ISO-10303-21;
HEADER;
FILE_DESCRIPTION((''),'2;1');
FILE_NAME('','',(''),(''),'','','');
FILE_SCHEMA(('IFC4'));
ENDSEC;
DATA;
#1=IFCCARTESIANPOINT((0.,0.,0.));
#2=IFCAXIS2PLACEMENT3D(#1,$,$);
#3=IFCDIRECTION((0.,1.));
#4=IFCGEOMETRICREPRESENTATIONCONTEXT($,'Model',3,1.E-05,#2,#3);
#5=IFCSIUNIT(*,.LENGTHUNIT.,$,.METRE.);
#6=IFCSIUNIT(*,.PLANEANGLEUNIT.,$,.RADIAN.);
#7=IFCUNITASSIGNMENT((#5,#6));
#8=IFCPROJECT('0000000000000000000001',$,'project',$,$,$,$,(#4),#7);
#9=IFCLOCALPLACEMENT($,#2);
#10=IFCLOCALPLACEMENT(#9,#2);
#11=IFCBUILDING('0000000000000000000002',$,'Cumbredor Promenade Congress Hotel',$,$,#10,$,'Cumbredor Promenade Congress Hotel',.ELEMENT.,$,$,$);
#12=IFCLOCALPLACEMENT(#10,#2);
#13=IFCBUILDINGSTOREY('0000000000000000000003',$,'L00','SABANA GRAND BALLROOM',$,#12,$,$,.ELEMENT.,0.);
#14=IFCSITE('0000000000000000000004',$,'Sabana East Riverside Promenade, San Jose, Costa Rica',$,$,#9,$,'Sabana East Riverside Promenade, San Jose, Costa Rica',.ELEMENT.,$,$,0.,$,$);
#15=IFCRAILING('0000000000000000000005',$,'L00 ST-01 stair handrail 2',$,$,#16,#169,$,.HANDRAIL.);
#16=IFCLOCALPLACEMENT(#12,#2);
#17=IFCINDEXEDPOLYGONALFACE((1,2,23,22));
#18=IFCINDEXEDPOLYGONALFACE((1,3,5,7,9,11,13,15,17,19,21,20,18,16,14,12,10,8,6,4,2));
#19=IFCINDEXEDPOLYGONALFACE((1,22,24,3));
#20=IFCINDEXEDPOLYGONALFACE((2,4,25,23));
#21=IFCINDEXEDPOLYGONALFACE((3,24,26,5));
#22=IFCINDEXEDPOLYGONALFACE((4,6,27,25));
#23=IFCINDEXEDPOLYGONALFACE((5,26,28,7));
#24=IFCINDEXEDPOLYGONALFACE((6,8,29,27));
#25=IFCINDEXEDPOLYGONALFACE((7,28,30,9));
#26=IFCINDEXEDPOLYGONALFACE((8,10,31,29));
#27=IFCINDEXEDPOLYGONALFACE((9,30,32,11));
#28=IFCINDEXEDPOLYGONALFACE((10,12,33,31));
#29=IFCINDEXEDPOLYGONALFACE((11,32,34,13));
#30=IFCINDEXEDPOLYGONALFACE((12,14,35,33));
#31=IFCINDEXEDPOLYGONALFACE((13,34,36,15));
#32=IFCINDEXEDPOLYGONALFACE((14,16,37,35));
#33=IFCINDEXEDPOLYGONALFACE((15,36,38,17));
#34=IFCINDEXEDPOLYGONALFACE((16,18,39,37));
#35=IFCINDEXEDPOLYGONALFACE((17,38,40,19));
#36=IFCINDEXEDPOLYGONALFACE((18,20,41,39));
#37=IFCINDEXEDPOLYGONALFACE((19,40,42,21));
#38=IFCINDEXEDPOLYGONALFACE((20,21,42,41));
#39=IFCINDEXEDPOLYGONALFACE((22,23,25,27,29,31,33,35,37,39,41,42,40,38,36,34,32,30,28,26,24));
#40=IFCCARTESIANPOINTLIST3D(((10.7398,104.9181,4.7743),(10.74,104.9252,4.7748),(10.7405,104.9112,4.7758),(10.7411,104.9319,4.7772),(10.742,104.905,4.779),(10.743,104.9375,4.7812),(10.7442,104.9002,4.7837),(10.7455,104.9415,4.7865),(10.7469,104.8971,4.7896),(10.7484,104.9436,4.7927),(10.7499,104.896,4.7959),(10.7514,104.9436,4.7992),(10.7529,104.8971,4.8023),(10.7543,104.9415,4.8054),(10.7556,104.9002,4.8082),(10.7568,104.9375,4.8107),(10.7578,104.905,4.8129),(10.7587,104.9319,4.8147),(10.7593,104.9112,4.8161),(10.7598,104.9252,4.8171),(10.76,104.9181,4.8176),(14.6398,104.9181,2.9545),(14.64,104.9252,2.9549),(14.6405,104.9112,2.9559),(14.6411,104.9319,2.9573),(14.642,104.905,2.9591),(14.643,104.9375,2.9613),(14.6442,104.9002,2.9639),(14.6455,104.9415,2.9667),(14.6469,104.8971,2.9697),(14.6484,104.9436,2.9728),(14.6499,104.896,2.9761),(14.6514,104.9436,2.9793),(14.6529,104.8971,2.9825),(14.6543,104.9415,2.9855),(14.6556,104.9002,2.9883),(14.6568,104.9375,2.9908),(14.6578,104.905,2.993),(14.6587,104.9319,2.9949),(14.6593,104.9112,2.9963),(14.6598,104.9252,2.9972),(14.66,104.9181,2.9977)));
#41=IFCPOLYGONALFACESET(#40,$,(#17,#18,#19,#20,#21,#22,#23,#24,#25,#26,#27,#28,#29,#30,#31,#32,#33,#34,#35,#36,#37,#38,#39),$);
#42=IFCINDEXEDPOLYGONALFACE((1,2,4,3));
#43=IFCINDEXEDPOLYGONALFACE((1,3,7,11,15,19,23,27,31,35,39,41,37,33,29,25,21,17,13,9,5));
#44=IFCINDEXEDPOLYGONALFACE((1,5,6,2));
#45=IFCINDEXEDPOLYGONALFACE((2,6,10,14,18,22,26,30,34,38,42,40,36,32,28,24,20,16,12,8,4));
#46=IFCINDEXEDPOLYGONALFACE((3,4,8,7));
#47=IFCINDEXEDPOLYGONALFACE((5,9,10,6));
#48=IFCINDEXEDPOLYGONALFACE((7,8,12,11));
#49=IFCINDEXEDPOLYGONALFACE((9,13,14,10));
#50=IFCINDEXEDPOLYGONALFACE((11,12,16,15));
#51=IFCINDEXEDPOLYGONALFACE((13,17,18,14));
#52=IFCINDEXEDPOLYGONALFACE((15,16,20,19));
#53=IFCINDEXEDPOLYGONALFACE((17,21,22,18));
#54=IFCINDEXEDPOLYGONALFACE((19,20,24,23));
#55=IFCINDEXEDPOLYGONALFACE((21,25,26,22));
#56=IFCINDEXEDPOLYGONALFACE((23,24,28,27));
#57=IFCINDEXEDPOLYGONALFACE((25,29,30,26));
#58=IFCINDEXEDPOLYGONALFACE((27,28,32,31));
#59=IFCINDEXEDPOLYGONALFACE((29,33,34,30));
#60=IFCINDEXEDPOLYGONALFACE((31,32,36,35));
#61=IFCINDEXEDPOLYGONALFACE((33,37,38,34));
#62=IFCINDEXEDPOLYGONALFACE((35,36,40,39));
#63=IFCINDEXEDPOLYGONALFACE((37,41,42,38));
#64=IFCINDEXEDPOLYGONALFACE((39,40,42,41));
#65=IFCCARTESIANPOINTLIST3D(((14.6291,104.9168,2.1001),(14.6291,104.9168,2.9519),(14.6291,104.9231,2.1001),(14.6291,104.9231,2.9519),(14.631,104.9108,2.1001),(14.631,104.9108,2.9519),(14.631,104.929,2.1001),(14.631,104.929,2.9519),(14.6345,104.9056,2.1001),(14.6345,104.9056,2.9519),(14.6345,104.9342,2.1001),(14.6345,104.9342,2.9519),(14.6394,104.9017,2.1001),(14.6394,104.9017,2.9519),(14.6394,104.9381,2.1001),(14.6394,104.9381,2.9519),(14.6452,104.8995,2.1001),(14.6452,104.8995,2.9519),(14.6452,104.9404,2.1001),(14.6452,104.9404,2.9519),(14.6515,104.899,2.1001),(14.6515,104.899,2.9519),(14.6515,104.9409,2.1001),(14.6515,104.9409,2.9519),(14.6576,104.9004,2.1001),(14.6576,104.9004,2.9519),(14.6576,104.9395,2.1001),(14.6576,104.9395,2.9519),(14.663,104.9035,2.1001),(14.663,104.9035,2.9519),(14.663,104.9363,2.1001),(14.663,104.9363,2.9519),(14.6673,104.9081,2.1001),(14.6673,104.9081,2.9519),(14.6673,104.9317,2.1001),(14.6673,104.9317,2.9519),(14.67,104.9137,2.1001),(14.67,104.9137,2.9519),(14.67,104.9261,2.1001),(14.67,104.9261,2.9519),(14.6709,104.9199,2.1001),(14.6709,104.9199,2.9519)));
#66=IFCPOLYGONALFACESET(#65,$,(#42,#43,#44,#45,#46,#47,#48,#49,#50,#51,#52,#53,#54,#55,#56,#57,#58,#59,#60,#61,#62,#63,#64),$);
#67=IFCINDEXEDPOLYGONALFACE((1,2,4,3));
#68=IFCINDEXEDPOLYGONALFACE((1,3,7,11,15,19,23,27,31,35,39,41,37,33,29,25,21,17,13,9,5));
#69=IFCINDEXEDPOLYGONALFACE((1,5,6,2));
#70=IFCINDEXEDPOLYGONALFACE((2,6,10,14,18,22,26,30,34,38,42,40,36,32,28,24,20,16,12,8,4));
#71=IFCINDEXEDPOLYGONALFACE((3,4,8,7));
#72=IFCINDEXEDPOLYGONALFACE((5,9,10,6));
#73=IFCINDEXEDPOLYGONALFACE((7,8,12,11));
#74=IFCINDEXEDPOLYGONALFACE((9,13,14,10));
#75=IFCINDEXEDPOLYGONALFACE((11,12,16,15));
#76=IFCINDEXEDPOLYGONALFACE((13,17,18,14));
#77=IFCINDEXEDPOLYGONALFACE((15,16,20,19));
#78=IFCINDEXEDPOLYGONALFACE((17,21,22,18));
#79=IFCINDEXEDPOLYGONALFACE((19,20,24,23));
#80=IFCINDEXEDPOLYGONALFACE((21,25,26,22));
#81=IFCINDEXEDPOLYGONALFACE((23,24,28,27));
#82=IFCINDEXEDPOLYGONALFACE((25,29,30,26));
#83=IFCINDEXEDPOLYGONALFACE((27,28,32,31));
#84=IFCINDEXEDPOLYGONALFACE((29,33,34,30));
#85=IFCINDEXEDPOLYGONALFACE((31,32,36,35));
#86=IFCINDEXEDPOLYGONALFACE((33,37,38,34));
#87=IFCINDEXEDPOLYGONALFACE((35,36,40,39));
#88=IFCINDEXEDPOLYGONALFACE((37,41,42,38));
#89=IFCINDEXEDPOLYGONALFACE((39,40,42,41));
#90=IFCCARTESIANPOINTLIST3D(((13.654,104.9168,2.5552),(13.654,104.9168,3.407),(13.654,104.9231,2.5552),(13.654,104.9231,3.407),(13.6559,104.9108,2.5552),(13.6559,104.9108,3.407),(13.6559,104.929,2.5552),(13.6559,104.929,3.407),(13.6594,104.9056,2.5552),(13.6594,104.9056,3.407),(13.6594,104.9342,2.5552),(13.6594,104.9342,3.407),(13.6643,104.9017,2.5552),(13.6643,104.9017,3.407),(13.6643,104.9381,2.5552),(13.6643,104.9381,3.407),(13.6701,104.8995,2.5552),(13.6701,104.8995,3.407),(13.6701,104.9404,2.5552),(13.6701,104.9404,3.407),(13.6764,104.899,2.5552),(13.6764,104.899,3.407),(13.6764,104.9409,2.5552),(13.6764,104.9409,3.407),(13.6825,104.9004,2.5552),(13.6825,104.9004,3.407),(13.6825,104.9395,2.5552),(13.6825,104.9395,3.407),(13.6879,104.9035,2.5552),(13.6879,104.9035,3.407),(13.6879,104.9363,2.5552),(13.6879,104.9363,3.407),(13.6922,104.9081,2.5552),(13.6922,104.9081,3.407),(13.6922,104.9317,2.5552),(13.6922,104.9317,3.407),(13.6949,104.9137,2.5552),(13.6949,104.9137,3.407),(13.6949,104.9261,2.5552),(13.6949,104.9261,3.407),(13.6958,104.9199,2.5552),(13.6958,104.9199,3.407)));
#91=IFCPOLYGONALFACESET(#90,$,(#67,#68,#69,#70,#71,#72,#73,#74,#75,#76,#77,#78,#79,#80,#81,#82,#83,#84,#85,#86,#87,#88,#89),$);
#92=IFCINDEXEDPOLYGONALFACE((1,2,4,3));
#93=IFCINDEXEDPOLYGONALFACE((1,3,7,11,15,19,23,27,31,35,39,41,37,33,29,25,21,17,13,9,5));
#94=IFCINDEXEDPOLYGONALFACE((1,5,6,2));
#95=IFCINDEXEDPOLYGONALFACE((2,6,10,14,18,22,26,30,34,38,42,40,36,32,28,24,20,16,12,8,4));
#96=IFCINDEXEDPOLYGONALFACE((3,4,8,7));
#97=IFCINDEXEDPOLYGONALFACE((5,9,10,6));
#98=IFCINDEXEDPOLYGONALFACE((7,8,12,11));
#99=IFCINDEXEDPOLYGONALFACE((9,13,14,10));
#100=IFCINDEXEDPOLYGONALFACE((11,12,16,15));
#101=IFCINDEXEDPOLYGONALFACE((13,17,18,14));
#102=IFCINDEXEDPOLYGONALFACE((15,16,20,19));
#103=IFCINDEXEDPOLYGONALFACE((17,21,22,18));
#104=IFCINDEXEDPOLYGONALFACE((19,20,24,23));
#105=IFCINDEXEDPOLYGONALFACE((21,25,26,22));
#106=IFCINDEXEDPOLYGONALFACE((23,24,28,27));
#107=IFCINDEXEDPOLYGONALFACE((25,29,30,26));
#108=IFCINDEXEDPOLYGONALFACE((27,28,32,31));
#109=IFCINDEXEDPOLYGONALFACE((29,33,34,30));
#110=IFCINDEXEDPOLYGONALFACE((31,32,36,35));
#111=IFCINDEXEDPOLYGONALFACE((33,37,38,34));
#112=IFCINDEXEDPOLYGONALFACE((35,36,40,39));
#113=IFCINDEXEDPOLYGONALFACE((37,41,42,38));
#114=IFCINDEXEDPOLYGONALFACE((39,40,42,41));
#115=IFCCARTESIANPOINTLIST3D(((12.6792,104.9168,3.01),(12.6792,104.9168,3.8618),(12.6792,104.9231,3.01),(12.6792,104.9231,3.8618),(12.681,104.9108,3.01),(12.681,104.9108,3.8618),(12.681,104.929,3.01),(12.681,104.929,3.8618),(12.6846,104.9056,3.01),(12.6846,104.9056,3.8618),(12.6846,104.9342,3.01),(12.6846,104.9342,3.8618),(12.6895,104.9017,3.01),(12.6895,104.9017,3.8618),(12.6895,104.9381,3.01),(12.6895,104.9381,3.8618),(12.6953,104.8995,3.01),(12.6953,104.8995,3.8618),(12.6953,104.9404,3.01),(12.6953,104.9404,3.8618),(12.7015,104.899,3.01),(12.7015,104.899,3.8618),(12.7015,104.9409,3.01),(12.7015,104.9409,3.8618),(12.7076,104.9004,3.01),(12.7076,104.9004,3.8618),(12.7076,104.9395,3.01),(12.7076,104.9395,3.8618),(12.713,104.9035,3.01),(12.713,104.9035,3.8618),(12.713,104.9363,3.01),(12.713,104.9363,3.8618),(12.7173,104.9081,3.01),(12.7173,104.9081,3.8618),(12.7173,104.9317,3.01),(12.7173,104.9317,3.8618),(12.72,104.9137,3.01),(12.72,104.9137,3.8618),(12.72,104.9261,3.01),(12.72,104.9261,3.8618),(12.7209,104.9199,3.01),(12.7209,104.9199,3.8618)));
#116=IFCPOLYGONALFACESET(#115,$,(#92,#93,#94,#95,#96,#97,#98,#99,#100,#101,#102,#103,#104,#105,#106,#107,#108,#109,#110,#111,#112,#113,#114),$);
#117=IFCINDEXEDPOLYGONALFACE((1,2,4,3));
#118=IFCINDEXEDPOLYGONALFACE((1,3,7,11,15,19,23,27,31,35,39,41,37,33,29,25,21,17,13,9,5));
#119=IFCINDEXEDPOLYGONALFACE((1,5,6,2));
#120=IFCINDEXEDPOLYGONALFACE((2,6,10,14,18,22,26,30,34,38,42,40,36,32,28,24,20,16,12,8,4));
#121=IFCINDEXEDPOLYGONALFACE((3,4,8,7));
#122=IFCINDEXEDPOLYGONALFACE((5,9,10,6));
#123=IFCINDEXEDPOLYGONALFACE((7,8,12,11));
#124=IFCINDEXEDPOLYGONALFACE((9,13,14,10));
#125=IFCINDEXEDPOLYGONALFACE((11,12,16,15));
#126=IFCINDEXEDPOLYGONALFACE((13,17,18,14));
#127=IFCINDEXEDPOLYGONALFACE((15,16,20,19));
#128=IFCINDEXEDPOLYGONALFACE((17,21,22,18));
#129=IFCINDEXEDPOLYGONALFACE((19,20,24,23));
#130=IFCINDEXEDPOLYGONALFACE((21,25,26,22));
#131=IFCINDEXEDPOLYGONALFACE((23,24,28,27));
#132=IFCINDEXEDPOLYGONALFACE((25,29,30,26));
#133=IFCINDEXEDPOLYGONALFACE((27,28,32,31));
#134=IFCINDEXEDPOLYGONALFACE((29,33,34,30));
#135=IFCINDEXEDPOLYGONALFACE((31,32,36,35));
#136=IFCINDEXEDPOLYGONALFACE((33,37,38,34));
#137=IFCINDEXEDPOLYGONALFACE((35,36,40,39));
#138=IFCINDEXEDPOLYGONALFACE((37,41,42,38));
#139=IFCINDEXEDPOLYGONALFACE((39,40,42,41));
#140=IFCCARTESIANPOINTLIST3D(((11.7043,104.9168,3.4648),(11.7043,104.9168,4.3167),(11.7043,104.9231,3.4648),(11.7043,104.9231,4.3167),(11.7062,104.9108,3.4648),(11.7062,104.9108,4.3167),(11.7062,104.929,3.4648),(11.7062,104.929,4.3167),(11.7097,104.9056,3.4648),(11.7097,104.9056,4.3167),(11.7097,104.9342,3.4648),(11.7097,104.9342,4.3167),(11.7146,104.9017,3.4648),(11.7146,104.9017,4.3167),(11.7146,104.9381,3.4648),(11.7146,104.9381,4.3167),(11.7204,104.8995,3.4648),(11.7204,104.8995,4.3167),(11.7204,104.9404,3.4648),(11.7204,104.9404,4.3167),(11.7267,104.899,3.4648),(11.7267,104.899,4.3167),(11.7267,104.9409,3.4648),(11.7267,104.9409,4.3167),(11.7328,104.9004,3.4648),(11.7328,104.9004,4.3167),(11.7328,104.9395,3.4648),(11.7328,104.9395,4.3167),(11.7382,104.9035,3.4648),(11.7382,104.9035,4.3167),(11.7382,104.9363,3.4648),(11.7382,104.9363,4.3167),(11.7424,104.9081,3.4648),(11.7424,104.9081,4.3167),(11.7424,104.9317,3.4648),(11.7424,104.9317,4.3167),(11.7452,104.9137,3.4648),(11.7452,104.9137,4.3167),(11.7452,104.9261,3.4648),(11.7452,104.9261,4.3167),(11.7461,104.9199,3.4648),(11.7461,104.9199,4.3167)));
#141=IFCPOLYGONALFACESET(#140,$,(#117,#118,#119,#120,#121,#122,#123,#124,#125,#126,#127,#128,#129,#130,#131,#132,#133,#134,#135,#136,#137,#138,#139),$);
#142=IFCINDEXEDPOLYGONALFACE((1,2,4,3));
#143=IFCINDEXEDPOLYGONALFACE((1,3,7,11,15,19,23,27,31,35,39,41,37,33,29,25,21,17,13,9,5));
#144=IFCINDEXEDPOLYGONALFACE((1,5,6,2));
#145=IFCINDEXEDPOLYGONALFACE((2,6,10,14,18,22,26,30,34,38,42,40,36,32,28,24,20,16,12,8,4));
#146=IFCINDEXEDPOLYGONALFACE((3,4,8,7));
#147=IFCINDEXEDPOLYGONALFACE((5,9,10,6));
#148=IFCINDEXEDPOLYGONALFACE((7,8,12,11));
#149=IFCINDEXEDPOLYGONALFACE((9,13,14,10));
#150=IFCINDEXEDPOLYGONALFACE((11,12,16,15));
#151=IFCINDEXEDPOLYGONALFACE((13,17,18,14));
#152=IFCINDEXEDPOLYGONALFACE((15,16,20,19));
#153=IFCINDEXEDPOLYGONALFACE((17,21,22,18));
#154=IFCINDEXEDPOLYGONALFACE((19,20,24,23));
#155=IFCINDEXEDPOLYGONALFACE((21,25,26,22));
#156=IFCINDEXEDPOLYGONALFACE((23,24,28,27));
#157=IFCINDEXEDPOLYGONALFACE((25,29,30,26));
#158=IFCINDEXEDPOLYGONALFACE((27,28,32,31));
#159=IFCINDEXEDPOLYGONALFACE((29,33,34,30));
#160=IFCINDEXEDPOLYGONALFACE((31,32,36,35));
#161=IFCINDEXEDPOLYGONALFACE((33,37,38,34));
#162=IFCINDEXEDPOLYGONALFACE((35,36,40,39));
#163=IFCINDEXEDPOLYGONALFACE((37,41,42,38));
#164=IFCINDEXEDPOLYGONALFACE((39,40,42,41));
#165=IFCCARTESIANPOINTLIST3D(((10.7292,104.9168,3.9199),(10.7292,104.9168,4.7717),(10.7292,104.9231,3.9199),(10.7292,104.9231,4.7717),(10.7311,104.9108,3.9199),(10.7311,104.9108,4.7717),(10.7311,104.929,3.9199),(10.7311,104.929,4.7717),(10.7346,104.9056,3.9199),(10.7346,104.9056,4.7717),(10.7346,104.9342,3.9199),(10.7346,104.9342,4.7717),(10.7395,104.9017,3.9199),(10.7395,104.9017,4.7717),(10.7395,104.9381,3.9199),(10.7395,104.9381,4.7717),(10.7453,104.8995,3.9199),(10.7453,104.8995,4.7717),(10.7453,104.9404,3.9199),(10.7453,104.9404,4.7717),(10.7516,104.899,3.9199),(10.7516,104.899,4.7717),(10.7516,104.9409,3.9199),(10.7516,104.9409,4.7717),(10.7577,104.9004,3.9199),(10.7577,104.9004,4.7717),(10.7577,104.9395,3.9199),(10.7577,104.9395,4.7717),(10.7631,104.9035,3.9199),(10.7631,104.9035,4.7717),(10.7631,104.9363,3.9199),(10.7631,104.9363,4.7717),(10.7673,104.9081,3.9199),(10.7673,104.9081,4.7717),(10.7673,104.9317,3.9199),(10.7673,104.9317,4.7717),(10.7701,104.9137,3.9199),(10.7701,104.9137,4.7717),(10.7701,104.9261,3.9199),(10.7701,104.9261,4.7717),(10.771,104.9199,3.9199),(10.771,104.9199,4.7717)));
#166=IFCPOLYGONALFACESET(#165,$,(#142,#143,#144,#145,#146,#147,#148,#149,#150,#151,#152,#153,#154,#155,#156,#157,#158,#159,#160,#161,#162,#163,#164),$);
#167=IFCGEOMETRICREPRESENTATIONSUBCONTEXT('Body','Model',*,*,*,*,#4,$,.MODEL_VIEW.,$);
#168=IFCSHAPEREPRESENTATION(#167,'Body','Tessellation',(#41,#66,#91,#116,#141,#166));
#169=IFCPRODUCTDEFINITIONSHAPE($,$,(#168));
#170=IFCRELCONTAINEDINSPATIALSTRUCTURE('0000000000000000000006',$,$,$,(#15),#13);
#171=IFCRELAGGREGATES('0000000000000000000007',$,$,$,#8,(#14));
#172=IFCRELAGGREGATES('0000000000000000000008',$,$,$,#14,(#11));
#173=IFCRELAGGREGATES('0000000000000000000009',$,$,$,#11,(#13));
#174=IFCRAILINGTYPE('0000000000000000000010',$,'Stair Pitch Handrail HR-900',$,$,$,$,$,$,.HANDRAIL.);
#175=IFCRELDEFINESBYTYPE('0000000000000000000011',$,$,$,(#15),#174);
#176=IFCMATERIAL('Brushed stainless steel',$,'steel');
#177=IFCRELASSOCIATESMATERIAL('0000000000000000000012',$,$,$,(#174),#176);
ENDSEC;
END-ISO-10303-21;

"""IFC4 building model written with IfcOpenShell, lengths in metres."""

from ifc_helpers import new_model, si_unit, direction, frame, origin, origin_2d, place, context, subcontext, project, spatial, circle, extrude, material, type_object, element, save


model = new_model("IFC4")

# Units and contexts
model_context = context("Model", 3, precision=1e-05, world=origin(), true_north=direction((0.0, 1.0)))
body_context = subcontext(model_context, "Body", "Model", "MODEL_VIEW")
ifc_project = project(units=[si_unit("LENGTHUNIT", "METRE"), si_unit("PLANEANGLEUNIT", "RADIAN")], contexts=[model_context])

# Site, building, storey
site_placement = place(None, origin())
site = spatial("IfcSite", under=ifc_project, at=site_placement, Name="Sabana East Riverside Promenade, San Jose, Costa Rica", LongName="Sabana East Riverside Promenade, San Jose, Costa Rica", CompositionType="ELEMENT", RefElevation=0.0)
building_placement = place(site_placement, origin())
building = spatial("IfcBuilding", under=site, at=building_placement, Name="Cumbredor Promenade Congress Hotel", LongName="Cumbredor Promenade Congress Hotel", CompositionType="ELEMENT")
storey_placement = place(building_placement, origin())
storey = spatial("IfcBuildingStorey", under=building, at=storey_placement, Name="L00", Description="SABANA GRAND BALLROOM", CompositionType="ELEMENT", Elevation=0.0)

# Railing
ifc_material_1 = material(Name="Brushed stainless steel", Category="steel")
railing_type = type_object("IfcRailingType", Name="Stair Pitch Handrail HR-900", PredefinedType="HANDRAIL", material=ifc_material_1)
railing_placement = place(storey_placement, frame((14.6499, 104.9199, 2.1001)))
element("IfcRailing", 1, at=railing_placement, inside=storey, type_object=railing_type, Name="L00 ST-01 stair handrail 2", PredefinedType="HANDRAIL", context=body_context, shape_type="SweptSolid", body=[
    extrude(circle(Radius=0.0239, at=origin_2d()), frame((0.0, 0.0, 0.876), z_axis=(-0.906195, 0.0, 0.422861), x_axis=(0.0, -1.0, 0.0)), (0.0, 0.0, 1.0), 4.3037),
    extrude(circle(Radius=0.021, at=origin_2d()), origin(), (0.0, 0.0, 1.0), 0.8518),
    extrude(circle(Radius=0.021, at=origin_2d()), frame((-0.9751, 0.0, 0.4551)), (0.0, 0.0, 1.0), 0.8518),
    extrude(circle(Radius=0.021, at=origin_2d()), frame((-1.95, 0.0, 0.9099)), (0.0, 0.0, 1.0), 0.8518),
    extrude(circle(Radius=0.021, at=origin_2d()), frame((-2.9248, 0.0, 1.3647)), (0.0, 0.0, 1.0), 0.8518),
    extrude(circle(Radius=0.021, at=origin_2d()), frame((-3.8999, 0.0, 1.8198)), (0.0, 0.0, 1.0), 0.8518),
])

save(model, "model.ifc")
